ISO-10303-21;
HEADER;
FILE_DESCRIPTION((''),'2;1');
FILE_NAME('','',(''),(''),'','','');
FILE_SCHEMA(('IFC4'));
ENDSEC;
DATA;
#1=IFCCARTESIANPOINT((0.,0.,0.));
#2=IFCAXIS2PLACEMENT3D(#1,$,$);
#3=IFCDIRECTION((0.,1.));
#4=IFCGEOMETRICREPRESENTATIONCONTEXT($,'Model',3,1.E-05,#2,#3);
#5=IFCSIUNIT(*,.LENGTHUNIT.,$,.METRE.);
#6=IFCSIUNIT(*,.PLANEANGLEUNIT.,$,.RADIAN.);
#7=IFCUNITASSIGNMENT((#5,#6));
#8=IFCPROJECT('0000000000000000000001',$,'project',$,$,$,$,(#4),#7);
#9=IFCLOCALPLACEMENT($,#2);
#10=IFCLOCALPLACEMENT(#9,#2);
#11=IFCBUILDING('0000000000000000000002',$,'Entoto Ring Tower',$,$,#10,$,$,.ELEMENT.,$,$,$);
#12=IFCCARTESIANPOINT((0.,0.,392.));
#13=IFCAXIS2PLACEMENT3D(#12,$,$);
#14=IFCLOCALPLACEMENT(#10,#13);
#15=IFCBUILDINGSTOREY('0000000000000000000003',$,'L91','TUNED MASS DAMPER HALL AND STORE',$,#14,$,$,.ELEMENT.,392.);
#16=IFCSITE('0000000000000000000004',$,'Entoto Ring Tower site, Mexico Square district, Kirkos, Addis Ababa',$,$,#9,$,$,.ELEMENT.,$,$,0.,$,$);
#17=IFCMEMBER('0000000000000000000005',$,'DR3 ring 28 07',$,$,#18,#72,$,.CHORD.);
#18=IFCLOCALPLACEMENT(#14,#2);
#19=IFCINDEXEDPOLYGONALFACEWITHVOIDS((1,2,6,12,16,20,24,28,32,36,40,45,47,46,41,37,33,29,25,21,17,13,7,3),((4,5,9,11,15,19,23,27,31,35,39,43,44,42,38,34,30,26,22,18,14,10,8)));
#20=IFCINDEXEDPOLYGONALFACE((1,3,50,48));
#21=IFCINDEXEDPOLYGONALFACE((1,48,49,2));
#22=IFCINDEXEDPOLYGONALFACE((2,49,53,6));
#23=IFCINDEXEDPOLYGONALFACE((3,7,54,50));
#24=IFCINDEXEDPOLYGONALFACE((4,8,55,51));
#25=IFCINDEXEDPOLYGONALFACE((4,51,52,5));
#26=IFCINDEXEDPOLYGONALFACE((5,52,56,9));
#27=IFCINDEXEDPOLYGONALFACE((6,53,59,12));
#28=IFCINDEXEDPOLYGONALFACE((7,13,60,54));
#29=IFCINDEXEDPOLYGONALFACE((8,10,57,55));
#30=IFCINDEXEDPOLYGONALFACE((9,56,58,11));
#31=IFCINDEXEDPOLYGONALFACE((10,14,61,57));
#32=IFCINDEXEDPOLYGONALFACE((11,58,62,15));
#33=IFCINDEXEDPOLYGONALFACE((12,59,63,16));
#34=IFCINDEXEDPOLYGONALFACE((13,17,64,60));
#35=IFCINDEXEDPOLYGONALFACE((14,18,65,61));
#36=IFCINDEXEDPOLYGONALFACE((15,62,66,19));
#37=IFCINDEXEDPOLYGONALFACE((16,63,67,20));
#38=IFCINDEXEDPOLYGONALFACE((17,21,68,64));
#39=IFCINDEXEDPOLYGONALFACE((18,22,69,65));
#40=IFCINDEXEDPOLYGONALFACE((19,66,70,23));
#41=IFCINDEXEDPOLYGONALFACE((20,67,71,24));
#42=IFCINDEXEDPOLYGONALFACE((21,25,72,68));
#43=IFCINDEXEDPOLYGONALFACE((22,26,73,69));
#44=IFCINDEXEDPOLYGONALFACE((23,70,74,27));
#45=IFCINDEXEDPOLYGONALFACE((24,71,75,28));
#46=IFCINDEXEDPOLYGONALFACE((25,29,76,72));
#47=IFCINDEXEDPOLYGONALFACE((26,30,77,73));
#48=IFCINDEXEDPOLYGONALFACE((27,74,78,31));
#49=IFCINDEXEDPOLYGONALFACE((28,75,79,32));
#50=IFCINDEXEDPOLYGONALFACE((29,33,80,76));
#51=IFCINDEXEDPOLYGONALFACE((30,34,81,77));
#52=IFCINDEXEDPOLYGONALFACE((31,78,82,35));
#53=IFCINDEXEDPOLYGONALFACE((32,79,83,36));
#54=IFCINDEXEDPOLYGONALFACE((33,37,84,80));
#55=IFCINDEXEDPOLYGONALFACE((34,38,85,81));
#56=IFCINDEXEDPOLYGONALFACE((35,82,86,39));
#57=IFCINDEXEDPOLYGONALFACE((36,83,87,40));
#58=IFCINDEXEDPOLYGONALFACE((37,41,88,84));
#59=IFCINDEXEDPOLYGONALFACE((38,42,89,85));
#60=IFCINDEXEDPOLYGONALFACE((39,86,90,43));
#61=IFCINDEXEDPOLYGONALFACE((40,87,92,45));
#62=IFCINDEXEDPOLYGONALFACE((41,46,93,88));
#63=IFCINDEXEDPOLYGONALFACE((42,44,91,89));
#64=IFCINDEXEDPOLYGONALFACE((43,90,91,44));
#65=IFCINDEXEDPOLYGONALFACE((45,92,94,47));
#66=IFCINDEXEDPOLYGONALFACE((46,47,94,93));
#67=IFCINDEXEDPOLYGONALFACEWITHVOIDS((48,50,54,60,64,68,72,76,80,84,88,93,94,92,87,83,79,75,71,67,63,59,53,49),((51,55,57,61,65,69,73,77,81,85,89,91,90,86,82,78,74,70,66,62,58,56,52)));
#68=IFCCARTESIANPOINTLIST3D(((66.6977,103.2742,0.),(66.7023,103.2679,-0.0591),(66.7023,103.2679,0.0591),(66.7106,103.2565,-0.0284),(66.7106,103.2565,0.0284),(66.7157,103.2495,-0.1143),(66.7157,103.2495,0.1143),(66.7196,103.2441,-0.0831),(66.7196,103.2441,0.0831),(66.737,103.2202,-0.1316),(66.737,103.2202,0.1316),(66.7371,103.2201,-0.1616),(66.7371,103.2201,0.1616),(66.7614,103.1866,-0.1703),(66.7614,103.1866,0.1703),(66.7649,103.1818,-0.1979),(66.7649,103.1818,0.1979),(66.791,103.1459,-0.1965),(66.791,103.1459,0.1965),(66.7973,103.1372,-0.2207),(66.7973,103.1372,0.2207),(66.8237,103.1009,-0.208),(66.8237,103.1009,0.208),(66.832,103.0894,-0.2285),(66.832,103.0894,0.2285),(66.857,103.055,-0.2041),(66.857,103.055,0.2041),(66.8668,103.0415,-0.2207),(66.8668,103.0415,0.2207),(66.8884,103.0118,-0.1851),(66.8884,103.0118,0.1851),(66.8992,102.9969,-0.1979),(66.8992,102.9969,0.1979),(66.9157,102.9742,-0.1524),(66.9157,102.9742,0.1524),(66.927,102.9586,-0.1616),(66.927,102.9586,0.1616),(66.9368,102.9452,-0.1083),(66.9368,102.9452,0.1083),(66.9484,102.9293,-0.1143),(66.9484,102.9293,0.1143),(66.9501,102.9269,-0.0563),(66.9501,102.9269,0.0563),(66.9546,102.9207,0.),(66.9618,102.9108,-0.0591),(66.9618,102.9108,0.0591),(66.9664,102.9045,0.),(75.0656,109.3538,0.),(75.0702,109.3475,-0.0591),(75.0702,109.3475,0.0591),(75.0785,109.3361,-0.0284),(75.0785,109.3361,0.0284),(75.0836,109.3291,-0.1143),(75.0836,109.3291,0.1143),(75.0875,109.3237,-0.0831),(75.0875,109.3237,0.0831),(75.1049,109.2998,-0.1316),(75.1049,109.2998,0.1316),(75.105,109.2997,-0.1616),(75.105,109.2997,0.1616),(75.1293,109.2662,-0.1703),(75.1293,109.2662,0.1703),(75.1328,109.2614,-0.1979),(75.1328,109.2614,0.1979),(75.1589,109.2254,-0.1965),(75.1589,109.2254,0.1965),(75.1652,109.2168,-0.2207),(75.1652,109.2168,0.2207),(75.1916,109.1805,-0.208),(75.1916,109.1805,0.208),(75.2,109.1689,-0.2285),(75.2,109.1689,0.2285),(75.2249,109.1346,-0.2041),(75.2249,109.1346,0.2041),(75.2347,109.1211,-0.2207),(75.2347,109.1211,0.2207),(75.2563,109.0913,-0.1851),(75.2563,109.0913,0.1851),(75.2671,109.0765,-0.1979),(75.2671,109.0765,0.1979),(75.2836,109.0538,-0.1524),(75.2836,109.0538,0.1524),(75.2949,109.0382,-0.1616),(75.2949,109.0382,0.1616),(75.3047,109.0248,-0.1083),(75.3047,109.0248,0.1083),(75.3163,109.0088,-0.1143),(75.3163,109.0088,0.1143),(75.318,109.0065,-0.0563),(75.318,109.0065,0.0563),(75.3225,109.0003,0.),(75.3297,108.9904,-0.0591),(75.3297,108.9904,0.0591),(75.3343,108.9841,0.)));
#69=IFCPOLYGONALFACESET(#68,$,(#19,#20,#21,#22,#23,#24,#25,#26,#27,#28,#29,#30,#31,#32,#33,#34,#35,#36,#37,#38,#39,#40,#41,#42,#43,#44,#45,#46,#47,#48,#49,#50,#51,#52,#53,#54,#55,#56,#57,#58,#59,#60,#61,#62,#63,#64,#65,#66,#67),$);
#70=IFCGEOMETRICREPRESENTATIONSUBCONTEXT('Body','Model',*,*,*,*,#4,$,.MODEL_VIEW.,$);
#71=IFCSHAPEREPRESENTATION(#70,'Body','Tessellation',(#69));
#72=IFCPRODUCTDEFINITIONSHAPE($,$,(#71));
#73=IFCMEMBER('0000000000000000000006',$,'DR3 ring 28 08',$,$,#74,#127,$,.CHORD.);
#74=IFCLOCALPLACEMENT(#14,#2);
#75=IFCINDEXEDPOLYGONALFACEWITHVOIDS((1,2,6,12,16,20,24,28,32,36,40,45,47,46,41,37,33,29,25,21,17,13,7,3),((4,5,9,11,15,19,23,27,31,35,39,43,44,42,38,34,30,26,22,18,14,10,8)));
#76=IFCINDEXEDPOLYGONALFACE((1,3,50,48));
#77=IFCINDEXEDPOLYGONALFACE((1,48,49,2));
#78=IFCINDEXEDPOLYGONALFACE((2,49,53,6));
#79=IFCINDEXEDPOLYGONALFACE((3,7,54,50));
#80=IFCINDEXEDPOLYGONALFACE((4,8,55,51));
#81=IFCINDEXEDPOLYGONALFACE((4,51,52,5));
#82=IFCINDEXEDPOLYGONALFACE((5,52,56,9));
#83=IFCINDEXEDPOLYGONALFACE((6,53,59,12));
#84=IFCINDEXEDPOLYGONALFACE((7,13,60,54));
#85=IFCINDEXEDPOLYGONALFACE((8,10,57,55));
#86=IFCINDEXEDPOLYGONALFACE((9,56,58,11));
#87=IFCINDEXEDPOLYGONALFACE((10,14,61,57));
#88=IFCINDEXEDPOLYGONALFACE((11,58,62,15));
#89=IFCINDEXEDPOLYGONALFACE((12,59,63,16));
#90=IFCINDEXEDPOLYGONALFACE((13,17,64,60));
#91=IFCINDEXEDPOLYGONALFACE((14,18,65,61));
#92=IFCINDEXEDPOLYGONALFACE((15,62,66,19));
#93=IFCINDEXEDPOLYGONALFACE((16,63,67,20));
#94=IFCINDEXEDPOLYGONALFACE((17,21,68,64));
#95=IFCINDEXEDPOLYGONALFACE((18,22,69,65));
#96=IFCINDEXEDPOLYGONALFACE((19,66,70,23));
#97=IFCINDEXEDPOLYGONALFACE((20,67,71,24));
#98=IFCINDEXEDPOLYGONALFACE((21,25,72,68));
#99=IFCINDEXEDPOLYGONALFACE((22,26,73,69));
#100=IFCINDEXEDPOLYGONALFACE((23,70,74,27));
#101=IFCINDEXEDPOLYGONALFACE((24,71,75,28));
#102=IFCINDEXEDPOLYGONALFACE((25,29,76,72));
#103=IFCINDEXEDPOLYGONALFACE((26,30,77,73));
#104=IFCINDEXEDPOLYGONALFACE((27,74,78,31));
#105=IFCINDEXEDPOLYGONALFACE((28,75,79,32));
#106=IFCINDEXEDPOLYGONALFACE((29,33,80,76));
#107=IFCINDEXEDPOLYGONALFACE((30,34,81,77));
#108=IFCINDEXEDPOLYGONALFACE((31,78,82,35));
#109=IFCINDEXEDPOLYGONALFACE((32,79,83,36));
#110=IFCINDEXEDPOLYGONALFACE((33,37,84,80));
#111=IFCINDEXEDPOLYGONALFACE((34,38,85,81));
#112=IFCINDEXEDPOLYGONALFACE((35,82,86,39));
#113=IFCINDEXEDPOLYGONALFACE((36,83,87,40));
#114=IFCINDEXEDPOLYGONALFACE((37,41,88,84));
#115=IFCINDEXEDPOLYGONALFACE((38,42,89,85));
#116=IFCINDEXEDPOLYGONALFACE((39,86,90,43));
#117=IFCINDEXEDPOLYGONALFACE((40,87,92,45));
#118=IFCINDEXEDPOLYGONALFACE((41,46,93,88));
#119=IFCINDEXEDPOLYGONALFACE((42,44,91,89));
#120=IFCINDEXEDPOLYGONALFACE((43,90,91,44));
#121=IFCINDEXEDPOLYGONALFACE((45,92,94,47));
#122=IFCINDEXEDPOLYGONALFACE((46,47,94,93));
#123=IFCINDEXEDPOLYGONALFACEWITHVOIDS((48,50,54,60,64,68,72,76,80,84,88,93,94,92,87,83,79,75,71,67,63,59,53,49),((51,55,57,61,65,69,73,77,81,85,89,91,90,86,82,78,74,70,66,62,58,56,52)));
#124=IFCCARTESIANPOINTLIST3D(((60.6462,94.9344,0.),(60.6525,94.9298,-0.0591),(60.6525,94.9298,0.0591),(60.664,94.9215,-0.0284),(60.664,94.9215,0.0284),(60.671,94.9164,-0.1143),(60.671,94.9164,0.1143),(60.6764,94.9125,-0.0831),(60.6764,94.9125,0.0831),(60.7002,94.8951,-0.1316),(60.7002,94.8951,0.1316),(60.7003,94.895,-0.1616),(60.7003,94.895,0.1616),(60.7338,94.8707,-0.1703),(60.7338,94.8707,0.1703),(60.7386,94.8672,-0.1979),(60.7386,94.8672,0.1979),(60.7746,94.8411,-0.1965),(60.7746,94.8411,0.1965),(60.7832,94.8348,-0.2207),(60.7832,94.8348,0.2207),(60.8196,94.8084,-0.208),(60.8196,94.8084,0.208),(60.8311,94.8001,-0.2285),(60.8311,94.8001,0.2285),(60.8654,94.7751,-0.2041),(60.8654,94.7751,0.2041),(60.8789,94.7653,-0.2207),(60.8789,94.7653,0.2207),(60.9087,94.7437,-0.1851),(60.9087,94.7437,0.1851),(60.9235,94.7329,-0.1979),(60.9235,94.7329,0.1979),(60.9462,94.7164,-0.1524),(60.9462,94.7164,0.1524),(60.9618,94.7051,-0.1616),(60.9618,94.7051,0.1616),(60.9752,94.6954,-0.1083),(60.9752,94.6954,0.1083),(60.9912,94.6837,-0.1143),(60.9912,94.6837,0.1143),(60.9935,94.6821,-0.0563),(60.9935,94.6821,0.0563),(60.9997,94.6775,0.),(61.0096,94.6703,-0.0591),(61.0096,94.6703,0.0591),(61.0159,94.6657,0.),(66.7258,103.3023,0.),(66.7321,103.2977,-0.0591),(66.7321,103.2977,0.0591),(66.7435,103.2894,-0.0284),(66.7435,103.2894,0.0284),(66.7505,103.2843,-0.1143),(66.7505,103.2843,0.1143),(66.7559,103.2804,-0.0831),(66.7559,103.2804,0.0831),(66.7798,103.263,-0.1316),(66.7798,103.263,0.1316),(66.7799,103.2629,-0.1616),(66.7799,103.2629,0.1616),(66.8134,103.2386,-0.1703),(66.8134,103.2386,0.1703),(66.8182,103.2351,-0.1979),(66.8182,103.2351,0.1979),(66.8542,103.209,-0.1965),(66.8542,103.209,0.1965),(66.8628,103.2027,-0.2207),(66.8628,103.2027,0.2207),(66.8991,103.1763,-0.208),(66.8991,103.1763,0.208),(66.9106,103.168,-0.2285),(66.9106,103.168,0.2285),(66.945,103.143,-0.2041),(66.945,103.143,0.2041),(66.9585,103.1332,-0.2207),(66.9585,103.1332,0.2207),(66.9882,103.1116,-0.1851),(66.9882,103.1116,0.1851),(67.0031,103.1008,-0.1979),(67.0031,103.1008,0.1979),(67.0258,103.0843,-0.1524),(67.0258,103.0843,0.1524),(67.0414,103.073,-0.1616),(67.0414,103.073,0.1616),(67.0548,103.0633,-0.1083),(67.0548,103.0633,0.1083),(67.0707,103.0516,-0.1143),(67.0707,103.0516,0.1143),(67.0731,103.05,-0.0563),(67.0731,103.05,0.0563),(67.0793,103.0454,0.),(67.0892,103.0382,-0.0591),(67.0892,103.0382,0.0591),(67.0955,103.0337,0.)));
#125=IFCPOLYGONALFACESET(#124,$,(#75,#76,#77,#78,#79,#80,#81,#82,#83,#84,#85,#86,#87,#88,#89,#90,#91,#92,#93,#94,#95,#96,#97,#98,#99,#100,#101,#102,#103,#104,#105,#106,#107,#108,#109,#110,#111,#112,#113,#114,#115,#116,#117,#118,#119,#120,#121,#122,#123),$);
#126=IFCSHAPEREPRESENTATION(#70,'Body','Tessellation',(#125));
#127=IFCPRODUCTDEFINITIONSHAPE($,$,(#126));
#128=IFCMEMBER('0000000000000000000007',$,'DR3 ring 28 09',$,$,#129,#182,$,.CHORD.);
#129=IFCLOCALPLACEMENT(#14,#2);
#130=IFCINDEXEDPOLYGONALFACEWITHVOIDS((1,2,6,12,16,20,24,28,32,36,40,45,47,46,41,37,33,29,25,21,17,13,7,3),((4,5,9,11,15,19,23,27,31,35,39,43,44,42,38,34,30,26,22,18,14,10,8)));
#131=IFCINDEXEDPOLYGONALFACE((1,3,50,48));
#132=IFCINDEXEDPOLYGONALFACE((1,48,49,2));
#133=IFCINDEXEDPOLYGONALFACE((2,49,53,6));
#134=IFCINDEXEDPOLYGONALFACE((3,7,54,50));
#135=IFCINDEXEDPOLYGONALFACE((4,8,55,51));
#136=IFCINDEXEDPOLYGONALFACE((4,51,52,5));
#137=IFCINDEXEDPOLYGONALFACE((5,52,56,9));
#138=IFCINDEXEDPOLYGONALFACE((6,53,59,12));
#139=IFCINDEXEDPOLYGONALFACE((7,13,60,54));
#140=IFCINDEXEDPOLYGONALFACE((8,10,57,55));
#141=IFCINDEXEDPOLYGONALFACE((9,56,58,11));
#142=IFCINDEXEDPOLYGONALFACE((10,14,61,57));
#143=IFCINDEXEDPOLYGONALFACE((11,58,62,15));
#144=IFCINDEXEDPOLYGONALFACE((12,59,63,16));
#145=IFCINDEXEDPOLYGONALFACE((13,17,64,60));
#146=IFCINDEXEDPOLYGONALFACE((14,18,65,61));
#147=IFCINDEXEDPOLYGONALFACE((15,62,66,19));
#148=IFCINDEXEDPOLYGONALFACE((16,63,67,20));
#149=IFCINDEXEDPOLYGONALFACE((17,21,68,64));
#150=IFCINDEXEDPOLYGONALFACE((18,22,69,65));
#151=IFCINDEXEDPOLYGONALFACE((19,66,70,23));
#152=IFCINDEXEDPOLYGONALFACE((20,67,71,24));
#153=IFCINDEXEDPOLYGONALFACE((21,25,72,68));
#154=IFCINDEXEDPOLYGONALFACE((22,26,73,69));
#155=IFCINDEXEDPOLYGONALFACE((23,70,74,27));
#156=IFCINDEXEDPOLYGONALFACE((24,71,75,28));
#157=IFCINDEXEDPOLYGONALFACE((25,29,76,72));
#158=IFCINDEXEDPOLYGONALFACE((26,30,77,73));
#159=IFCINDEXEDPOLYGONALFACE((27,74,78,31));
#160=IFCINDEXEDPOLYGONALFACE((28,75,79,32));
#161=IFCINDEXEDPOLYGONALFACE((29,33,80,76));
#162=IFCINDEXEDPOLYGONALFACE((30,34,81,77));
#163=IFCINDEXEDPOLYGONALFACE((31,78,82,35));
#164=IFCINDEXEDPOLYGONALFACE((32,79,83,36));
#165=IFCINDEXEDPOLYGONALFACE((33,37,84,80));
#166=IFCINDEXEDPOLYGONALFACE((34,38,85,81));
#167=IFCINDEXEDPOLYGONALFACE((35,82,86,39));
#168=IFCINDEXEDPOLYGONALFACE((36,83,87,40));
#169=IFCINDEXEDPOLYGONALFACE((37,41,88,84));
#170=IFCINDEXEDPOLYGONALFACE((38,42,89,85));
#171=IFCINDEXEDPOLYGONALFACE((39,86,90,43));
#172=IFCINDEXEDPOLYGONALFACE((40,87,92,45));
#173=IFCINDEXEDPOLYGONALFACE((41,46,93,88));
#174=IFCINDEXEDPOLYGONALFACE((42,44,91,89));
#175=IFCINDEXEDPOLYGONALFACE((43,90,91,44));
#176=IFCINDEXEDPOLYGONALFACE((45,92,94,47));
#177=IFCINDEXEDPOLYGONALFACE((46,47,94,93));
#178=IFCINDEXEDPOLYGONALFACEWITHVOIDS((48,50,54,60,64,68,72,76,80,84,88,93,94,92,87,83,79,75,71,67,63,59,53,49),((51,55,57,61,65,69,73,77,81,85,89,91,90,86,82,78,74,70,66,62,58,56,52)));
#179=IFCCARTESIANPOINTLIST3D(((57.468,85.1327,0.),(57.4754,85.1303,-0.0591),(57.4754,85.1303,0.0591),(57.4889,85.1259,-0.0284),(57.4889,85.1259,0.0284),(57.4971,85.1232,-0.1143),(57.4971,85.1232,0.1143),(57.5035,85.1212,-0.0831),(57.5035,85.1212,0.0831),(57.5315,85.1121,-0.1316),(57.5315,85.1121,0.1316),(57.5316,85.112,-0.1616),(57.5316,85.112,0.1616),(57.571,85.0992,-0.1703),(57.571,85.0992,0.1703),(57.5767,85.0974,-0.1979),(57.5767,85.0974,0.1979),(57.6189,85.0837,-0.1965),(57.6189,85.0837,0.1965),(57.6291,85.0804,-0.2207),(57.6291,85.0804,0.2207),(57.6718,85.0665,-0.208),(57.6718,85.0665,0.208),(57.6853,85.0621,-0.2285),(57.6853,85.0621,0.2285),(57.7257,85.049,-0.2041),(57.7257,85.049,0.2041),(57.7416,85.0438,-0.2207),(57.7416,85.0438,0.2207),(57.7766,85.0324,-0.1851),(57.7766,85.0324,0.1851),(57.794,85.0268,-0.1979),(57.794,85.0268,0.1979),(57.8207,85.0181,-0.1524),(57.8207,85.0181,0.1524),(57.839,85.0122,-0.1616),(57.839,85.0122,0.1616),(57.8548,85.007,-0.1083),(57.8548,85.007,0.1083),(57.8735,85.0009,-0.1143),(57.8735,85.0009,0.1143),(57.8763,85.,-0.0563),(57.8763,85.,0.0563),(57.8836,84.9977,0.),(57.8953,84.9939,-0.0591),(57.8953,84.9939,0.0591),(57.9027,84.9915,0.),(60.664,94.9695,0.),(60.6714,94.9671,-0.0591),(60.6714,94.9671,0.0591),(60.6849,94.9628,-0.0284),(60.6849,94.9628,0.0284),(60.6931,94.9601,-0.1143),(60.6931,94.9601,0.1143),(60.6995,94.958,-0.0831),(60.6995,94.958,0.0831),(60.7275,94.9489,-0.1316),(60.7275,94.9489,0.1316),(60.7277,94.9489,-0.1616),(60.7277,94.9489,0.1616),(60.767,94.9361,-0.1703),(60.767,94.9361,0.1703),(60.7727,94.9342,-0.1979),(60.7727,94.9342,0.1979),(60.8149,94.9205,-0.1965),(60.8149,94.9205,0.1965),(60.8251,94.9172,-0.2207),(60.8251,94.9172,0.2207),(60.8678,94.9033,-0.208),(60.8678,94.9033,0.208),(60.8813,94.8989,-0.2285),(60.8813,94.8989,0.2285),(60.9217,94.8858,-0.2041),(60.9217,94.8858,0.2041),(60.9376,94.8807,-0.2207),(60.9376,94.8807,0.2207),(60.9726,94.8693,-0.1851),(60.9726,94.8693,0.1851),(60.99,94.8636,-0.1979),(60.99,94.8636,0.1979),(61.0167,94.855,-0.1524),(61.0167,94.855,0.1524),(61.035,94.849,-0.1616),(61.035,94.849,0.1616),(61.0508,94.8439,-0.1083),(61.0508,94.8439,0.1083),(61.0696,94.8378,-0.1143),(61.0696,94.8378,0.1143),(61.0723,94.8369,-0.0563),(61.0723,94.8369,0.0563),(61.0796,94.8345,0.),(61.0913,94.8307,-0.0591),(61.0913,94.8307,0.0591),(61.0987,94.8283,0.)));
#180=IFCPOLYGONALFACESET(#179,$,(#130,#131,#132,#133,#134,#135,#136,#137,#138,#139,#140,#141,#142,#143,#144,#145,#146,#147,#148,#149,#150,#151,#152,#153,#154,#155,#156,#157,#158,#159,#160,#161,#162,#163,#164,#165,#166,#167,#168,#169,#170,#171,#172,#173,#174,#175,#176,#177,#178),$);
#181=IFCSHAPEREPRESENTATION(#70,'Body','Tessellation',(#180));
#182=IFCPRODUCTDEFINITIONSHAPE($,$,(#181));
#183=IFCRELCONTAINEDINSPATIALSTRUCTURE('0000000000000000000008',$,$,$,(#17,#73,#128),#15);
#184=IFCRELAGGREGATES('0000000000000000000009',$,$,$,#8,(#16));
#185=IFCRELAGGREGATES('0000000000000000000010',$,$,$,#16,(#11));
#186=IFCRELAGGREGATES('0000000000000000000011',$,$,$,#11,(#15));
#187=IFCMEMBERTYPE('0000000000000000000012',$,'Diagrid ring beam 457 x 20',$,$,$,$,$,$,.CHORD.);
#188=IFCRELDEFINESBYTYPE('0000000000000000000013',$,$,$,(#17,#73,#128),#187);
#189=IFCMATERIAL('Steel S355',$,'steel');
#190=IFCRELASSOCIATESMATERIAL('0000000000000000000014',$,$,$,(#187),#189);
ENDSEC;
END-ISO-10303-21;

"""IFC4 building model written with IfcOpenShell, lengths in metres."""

from ifc_helpers import new_model, si_unit, direction, frame, origin, origin_2d, place, context, subcontext, project, spatial, circle, hollow_circle, extrude, material, material_profile, profile_set, type_object, element, save


model = new_model("IFC4")

# Units and contexts
model_context = context("Model", 3, precision=1e-05, world=origin(), true_north=direction((0.0, 1.0)))
body_context = subcontext(model_context, "Body", "Model", "MODEL_VIEW")
ifc_project = project(units=[si_unit("LENGTHUNIT", "METRE"), si_unit("PLANEANGLEUNIT", "RADIAN")], contexts=[model_context])

# Site, building, storey
site_placement = place(None, origin())
site = spatial("IfcSite", under=ifc_project, at=site_placement, Name="Entoto Ring Tower site, Mexico Square district, Kirkos, Addis Ababa", CompositionType="ELEMENT", RefElevation=0.0)
building_placement = place(site_placement, origin())
building = spatial("IfcBuilding", under=site, at=building_placement, Name="Entoto Ring Tower", CompositionType="ELEMENT")
storey_placement = place(building_placement, frame((0.0, 0.0, 392.0)))
storey = spatial("IfcBuildingStorey", under=building, at=storey_placement, Name="L91", Description="TUNED MASS DAMPER HALL AND STORE", CompositionType="ELEMENT", Elevation=392.0)

# Members
ifc_material_1 = material(Name="Steel S355", Category="steel")
ifc_material_profile_1 = material_profile(ifc_material_1, hollow_circle(Radius=0.2285, WallThickness=0.02, at=origin_2d()), Name="CHS 457 x 20")
ifc_material_2 = material(Name="Concrete C60/75", Category="concrete")
ifc_material_profile_2 = material_profile(ifc_material_2, circle(Radius=0.2085, at=origin_2d()), Name="Concrete C60/75 infill")
ifc_profile_set_1 = profile_set([ifc_material_profile_1, ifc_material_profile_2], Name="Steel S355")
member_type_1 = type_object("IfcMemberType", Name="Diagrid ring beam 457 x 20", PredefinedType="CHORD", material=ifc_profile_set_1)
for number, where, z_axis, x_axis, name in (
    (1, (75.2, 109.1689, 0.0), (-0.80902, -0.587781, 0.0), (0.587781, -0.80902, 0.0), "DR3 ring 28 07"),
    (2, (66.9106, 103.168, 0.0), (-0.587781, -0.80902, 0.0), (0.80902, -0.587781, 0.0), "DR3 ring 28 08"),
):
    element("IfcMember", number, at=place(storey_placement, frame(where, z_axis=z_axis, x_axis=x_axis)), inside=storey, type_object=member_type_1, Name=name, PredefinedType="CHORD", context=body_context, shape_type="SweptSolid", body=[
        extrude(hollow_circle(Radius=0.2285, WallThickness=0.02, at=origin_2d()), origin(), (0.0, 0.0, 1.0), 10.3433),
    ])
member_1_placement = place(storey_placement, frame((60.8813, 94.8989, 0.0), z_axis=(-0.309003, -0.951061, 0.0), x_axis=(0.951061, -0.309003, 0.0)))
element("IfcMember", 3, at=member_1_placement, inside=storey, type_object=member_type_1, Name="DR3 ring 28 09", PredefinedType="CHORD", context=body_context, shape_type="SweptSolid", body=[
    extrude(hollow_circle(Radius=0.2285, WallThickness=0.02, at=origin_2d()), origin(), (0.0, 0.0, 1.0), 10.343),
])

save(model, "model.ifc")
